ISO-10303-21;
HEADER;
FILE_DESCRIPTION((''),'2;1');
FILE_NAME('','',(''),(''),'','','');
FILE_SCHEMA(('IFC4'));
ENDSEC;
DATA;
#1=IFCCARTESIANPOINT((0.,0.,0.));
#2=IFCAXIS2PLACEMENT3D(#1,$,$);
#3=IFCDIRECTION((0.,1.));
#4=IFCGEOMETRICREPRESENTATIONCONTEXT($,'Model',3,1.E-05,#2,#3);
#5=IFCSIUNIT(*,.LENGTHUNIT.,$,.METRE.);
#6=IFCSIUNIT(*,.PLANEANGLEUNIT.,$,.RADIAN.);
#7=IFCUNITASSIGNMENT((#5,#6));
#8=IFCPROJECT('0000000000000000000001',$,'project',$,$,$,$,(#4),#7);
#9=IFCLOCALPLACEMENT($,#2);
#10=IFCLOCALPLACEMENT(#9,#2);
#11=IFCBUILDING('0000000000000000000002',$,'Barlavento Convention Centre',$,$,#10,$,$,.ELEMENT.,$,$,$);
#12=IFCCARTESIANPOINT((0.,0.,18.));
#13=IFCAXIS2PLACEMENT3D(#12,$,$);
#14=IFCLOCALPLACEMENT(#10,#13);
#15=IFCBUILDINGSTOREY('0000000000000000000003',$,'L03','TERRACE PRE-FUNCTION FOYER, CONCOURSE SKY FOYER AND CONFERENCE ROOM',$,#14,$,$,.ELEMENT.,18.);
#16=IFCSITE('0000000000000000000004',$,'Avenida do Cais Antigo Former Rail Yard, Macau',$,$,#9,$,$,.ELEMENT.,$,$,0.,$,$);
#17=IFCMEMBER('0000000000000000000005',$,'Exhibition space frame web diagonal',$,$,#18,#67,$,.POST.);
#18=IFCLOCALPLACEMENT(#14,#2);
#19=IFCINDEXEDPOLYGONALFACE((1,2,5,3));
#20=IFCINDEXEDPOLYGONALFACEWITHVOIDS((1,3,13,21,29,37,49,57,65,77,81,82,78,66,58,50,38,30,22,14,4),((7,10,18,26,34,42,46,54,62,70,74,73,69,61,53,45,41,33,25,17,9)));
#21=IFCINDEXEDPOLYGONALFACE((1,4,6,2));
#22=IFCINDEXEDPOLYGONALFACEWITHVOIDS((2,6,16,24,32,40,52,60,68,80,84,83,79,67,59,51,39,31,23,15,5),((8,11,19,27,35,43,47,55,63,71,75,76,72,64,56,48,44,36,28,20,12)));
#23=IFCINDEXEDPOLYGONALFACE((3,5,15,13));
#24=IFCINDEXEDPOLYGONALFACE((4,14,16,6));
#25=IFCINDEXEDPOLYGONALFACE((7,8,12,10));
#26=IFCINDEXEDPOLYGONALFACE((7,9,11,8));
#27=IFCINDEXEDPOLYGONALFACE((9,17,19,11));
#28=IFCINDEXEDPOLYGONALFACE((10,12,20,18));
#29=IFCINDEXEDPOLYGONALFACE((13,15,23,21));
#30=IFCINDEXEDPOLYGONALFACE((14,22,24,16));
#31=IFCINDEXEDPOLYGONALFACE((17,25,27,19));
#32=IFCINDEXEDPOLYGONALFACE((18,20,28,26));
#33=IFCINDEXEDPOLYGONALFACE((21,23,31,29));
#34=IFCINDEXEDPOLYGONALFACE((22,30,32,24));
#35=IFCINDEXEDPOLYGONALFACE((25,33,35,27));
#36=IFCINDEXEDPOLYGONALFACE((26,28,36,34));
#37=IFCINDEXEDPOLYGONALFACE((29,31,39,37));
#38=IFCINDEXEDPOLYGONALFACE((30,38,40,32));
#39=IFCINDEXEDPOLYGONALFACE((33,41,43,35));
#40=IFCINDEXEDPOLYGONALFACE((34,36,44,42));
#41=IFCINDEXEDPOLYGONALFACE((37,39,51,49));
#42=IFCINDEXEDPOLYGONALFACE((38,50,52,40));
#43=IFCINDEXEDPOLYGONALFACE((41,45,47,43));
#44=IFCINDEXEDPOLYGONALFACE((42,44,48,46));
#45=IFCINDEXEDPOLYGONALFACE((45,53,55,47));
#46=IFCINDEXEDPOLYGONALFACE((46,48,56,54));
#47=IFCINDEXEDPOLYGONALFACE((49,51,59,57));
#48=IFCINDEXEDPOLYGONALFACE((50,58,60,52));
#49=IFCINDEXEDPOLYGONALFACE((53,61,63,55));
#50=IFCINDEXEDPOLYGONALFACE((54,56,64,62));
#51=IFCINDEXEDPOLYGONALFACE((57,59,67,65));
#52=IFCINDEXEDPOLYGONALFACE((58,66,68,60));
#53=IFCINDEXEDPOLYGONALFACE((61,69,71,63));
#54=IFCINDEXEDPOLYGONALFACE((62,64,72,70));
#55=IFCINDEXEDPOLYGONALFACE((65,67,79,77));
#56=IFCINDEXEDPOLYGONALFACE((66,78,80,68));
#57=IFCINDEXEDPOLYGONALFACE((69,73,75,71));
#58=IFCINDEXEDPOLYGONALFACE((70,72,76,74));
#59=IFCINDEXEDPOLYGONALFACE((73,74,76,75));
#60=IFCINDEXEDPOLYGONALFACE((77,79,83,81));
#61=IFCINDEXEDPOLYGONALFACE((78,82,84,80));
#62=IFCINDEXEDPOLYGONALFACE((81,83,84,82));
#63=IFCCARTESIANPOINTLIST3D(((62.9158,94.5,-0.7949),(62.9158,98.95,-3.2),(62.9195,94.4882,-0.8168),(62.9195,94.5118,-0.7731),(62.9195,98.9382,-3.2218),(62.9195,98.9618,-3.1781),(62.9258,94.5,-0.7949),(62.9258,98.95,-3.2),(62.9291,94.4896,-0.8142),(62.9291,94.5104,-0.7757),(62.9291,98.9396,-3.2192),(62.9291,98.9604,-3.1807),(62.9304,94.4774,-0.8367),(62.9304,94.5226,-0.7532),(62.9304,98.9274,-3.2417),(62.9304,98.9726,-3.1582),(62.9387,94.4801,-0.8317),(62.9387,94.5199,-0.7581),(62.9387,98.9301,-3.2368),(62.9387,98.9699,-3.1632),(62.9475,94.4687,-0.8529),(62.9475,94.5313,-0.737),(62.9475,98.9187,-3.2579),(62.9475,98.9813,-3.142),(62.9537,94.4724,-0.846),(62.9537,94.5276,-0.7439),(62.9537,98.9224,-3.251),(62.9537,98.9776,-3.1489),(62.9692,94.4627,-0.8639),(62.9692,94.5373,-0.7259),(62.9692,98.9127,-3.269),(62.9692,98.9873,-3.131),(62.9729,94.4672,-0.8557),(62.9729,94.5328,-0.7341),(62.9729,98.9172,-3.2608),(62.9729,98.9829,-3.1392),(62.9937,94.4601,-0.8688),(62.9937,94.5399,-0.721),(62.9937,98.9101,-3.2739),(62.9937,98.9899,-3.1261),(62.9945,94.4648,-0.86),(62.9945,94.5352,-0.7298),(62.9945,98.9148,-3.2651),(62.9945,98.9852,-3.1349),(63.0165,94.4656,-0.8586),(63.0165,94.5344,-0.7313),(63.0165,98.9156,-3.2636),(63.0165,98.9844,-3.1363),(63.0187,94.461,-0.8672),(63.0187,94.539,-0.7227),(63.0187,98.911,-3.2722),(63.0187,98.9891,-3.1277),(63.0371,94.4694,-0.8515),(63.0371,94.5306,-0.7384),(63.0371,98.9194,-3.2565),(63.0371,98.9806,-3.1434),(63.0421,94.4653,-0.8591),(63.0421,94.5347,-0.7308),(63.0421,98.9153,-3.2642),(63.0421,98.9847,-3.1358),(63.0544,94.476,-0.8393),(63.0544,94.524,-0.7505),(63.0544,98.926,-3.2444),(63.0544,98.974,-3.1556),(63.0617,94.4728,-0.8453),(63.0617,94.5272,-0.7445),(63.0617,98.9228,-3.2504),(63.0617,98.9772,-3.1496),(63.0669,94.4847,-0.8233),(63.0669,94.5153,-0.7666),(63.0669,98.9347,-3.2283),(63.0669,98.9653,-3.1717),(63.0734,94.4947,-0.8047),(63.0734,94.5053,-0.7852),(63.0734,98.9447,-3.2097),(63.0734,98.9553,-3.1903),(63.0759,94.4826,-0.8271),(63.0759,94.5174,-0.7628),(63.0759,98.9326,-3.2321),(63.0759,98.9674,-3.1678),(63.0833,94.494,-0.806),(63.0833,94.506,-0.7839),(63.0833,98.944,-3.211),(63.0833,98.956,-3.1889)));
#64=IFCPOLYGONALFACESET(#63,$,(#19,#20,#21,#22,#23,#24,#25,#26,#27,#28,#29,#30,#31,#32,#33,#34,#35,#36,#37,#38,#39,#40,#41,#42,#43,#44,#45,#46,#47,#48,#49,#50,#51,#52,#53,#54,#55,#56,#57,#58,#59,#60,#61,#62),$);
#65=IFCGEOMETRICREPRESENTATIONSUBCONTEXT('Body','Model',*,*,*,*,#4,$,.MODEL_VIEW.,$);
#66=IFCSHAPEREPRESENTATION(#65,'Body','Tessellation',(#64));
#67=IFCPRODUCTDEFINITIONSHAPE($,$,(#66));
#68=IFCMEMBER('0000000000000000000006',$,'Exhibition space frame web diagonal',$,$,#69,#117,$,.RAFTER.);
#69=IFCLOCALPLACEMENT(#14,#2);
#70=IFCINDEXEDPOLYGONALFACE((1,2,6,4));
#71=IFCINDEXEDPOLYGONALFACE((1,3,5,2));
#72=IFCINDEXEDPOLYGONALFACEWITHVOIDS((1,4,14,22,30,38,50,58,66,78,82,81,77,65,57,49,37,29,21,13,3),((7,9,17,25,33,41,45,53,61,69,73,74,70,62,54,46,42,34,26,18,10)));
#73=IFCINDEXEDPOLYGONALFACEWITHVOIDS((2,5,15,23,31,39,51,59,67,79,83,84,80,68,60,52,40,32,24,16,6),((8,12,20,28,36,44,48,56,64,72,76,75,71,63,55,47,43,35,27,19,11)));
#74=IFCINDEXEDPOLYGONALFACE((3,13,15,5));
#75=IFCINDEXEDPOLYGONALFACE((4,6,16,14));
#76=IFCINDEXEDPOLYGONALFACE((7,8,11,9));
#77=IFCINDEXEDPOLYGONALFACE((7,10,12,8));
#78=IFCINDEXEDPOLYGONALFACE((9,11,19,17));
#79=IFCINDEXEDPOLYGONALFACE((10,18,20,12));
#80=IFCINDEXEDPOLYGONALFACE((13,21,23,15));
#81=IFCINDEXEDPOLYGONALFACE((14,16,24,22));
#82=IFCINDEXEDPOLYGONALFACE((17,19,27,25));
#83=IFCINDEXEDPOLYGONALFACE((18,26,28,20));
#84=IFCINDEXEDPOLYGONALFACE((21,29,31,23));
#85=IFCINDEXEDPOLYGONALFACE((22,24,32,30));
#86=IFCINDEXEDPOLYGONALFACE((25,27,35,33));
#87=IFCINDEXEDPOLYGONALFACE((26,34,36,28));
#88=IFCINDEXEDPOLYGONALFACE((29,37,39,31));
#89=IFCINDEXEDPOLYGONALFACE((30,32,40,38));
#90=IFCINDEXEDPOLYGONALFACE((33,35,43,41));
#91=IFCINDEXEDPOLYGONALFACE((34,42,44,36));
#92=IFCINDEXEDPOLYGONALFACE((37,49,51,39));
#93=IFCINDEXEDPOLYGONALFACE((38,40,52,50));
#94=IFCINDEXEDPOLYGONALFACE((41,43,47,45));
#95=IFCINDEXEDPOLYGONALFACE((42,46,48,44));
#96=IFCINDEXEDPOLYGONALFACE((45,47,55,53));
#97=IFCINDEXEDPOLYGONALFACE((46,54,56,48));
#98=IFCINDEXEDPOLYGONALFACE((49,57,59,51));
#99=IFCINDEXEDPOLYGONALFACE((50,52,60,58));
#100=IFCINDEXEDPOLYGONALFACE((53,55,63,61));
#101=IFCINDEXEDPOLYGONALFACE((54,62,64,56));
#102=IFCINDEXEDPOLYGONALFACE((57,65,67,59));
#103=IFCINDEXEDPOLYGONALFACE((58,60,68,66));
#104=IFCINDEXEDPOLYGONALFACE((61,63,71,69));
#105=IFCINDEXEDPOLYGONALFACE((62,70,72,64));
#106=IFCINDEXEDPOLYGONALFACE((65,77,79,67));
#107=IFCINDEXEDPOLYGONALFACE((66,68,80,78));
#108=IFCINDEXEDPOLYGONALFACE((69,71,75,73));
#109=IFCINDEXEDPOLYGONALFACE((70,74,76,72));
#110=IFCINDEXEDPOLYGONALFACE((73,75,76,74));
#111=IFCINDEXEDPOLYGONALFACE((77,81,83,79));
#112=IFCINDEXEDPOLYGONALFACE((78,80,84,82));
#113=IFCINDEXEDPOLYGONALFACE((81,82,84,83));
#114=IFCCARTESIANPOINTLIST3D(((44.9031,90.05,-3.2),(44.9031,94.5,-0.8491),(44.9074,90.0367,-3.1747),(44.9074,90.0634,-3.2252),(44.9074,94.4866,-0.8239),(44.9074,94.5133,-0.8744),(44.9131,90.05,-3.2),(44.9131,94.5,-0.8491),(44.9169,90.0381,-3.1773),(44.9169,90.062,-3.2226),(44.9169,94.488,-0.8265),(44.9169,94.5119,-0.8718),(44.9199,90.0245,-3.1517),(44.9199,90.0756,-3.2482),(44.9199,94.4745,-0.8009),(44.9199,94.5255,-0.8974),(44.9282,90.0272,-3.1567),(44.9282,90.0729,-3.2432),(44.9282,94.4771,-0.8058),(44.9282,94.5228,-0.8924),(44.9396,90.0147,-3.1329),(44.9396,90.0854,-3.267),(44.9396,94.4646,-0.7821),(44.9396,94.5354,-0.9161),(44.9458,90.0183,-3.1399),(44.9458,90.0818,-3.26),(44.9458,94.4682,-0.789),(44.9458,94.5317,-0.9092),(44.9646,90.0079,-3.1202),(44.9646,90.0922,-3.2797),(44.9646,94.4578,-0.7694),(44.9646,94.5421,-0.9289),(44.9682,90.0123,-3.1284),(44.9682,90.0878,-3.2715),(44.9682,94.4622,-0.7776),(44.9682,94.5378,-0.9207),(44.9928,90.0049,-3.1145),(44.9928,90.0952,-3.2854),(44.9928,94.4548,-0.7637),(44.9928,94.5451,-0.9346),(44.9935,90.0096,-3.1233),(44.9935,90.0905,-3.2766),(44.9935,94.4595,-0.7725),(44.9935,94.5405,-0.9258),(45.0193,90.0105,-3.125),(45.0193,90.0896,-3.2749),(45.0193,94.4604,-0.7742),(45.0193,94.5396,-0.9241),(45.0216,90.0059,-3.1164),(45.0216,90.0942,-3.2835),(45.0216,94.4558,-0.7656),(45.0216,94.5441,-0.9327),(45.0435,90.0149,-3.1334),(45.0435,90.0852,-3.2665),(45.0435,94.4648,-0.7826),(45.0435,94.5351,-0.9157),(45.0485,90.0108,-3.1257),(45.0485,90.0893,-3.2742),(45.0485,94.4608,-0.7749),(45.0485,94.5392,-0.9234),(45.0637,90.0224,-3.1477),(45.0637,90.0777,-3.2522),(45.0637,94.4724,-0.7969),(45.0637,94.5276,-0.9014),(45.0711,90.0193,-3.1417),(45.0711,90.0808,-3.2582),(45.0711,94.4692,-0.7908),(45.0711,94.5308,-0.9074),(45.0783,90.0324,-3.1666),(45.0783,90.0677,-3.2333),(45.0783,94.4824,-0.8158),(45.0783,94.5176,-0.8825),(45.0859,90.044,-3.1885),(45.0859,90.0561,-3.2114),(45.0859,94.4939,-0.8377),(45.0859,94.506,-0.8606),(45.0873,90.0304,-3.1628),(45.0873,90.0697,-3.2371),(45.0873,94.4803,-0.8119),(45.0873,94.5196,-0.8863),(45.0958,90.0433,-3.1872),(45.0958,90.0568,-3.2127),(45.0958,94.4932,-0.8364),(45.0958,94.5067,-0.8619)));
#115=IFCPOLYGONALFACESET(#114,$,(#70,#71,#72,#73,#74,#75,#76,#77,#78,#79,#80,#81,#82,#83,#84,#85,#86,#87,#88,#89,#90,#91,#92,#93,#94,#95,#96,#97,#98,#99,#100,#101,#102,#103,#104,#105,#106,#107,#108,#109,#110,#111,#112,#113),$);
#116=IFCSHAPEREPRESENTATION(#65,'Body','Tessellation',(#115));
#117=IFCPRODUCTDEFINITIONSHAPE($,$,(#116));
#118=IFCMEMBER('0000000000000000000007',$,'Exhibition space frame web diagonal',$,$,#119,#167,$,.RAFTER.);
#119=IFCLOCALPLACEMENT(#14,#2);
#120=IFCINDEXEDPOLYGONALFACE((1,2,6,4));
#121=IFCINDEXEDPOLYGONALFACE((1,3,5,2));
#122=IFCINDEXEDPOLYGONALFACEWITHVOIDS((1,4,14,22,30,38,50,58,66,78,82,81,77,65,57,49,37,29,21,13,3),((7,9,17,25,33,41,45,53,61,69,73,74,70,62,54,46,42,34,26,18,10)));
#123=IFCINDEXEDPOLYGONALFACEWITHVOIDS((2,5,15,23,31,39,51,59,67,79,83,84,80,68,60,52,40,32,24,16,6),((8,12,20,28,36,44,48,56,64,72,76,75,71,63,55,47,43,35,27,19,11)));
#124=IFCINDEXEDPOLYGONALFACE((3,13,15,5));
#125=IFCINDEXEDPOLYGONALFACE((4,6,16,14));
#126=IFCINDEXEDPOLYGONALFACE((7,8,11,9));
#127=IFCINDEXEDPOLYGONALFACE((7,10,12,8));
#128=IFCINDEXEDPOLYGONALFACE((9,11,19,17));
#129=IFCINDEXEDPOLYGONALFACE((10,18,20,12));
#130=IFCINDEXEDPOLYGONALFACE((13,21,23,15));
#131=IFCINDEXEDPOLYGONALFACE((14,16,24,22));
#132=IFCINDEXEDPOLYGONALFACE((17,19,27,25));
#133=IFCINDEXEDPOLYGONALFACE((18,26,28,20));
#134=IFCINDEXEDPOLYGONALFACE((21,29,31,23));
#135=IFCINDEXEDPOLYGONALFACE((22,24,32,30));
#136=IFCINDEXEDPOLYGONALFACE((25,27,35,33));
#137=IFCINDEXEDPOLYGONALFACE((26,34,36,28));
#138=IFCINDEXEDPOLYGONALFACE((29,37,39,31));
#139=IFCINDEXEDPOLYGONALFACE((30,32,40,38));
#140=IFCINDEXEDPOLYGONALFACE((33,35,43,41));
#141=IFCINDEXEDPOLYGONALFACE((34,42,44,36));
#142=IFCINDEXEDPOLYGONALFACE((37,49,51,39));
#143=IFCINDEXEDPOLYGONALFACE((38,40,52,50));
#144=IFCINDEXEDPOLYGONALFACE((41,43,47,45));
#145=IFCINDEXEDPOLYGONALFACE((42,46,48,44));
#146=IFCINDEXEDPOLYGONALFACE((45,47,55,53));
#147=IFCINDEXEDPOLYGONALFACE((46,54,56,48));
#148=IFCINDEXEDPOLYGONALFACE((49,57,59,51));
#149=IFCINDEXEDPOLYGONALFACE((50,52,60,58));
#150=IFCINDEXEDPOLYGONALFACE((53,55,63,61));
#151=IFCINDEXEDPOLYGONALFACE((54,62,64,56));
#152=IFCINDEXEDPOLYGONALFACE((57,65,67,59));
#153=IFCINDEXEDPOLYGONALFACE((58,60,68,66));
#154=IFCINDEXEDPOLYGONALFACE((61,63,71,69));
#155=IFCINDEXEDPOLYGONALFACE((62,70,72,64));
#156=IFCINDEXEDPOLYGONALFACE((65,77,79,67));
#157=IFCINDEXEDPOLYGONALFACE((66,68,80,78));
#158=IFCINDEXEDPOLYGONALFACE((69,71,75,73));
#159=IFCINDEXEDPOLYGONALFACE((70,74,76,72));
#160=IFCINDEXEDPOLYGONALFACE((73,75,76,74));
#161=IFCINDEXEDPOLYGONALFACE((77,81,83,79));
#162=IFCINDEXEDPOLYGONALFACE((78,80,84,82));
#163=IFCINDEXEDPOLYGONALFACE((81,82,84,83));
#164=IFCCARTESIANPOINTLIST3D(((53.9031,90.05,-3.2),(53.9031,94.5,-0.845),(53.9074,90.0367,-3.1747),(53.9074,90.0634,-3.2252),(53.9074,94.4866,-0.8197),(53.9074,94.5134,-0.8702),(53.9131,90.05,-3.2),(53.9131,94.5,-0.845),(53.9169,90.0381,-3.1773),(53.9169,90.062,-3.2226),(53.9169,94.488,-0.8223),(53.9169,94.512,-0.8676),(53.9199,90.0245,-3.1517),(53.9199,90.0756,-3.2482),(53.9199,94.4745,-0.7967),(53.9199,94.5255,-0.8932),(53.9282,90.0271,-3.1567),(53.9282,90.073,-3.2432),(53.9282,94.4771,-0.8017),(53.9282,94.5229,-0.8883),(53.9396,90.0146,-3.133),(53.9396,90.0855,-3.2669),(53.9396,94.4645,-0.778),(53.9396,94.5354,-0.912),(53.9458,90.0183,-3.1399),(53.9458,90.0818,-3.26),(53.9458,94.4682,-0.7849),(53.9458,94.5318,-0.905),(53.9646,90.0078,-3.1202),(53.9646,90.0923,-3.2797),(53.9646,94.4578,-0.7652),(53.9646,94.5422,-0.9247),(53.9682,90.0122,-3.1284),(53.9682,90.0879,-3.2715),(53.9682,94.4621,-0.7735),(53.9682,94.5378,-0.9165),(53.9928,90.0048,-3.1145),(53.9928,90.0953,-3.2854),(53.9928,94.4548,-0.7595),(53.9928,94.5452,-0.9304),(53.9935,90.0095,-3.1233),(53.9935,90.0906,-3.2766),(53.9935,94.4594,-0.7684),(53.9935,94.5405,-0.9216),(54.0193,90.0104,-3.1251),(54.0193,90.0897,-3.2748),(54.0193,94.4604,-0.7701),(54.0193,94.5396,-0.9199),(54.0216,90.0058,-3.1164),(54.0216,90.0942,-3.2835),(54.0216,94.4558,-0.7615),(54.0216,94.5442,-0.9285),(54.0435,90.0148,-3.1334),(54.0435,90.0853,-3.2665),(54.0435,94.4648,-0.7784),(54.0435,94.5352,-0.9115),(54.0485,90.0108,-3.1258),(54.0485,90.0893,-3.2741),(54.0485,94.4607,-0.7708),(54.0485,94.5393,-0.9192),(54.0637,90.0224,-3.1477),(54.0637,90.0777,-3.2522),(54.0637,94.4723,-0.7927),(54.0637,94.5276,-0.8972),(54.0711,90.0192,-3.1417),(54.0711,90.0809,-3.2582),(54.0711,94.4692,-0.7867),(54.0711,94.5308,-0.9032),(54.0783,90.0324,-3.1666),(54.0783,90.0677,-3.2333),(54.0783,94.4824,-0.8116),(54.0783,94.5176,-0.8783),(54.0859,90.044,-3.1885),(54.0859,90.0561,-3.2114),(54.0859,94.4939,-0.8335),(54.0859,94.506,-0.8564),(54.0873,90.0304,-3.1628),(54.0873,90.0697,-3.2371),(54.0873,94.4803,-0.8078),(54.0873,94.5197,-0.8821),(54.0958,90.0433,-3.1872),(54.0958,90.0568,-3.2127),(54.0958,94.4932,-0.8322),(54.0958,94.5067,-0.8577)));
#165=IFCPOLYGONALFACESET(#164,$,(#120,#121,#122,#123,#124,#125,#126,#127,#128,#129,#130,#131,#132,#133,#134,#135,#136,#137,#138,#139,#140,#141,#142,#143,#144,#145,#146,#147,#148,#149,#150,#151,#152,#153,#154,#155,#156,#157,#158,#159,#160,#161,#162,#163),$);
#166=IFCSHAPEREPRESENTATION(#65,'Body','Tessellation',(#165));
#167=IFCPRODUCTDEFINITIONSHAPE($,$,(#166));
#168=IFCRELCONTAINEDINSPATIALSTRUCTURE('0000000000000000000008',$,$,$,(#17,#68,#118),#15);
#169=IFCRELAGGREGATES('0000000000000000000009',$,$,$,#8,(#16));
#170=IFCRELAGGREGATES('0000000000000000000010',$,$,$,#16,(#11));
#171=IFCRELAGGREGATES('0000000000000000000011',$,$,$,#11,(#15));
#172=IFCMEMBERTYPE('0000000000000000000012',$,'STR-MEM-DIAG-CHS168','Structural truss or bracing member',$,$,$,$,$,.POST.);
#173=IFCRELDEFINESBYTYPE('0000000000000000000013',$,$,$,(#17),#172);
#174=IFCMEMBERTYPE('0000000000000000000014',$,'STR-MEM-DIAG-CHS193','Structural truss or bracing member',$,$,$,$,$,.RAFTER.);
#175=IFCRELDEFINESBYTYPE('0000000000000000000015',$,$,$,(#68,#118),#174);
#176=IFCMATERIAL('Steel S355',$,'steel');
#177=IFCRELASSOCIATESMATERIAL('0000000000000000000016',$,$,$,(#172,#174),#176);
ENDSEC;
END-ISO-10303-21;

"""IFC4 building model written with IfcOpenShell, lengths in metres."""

from ifc_helpers import new_model, si_unit, direction, frame, origin, origin_2d, place, context, subcontext, project, spatial, hollow_circle, extrude, material, material_profile, profile_set, type_object, element, save


model = new_model("IFC4")

# Units and contexts
model_context = context("Model", 3, precision=1e-05, world=origin(), true_north=direction((0.0, 1.0)))
body_context = subcontext(model_context, "Body", "Model", "MODEL_VIEW")
ifc_project = project(units=[si_unit("LENGTHUNIT", "METRE"), si_unit("PLANEANGLEUNIT", "RADIAN")], contexts=[model_context])

# Site, building, storey
site_placement = place(None, origin())
site = spatial("IfcSite", under=ifc_project, at=site_placement, Name="Avenida do Cais Antigo Former Rail Yard, Macau", CompositionType="ELEMENT", RefElevation=0.0)
building_placement = place(site_placement, origin())
building = spatial("IfcBuilding", under=site, at=building_placement, Name="Barlavento Convention Centre", CompositionType="ELEMENT")
storey_placement = place(building_placement, frame((0.0, 0.0, 18.0)))
storey = spatial("IfcBuildingStorey", under=building, at=storey_placement, Name="L03", Description="TERRACE PRE-FUNCTION FOYER, CONCOURSE SKY FOYER AND CONFERENCE ROOM", CompositionType="ELEMENT", Elevation=18.0)

# Members
ifc_material_1 = material(Name="Steel S355", Category="steel")
ifc_material_profile_1 = material_profile(ifc_material_1, hollow_circle(Radius=0.0842, WallThickness=0.01, at=origin_2d()), Name="CHS 168.3x10.0")
ifc_profile_set_1 = profile_set([ifc_material_profile_1], Name="Steel S355")
member_type_1 = type_object("IfcMemberType", Name="STR-MEM-DIAG-CHS168", Description="Structural truss or bracing member", PredefinedType="POST", material=ifc_profile_set_1)
for number, where, z_axis, x_axis, name in (
    (1, (63.0, 94.5, -0.7949), (0.0, 0.879735, -0.475464), (-1.0, 0.0, 0.0), "Exhibition space frame web diagonal"),
):
    element("IfcMember", number, at=place(storey_placement, frame(where, z_axis=z_axis, x_axis=x_axis)), inside=storey, type_object=member_type_1, Name=name, PredefinedType="POST", context=body_context, shape_type="SweptSolid", body=[
        extrude(hollow_circle(Radius=0.0842, WallThickness=0.01, at=origin_2d()), origin(), (0.0, 0.0, 1.0), 5.0583),
    ])
ifc_material_profile_2 = material_profile(ifc_material_1, hollow_circle(Radius=0.0969, WallThickness=0.01, at=origin_2d()), Name="CHS 193.7x10.0")
ifc_profile_set_2 = profile_set([ifc_material_profile_2], Name="Steel S355")
member_type_2 = type_object("IfcMemberType", Name="STR-MEM-DIAG-CHS193", Description="Structural truss or bracing member", PredefinedType="RAFTER", material=ifc_profile_set_2)
member_1_placement = place(storey_placement, frame((45.0, 90.05, -3.2), z_axis=(0.0, 0.884201, 0.467107), x_axis=(-1.0, 0.0, 0.0)))
element("IfcMember", 2, at=member_1_placement, inside=storey, type_object=member_type_2, Name="Exhibition space frame web diagonal", PredefinedType="RAFTER", context=body_context, shape_type="SweptSolid", body=[
    extrude(hollow_circle(Radius=0.0969, WallThickness=0.01, at=origin_2d()), origin(), (0.0, 0.0, 1.0), 5.0327),
])
member_2_placement = place(storey_placement, frame((54.0, 90.05, -3.2), z_axis=(0.0, 0.88386, 0.467752), x_axis=(-1.0, 0.0, 0.0)))
element("IfcMember", 3, at=member_2_placement, inside=storey, type_object=member_type_2, Name="Exhibition space frame web diagonal", PredefinedType="RAFTER", context=body_context, shape_type="SweptSolid", body=[
    extrude(hollow_circle(Radius=0.0969, WallThickness=0.01, at=origin_2d()), origin(), (0.0, 0.0, 1.0), 5.0347),
])

save(model, "model.ifc")
